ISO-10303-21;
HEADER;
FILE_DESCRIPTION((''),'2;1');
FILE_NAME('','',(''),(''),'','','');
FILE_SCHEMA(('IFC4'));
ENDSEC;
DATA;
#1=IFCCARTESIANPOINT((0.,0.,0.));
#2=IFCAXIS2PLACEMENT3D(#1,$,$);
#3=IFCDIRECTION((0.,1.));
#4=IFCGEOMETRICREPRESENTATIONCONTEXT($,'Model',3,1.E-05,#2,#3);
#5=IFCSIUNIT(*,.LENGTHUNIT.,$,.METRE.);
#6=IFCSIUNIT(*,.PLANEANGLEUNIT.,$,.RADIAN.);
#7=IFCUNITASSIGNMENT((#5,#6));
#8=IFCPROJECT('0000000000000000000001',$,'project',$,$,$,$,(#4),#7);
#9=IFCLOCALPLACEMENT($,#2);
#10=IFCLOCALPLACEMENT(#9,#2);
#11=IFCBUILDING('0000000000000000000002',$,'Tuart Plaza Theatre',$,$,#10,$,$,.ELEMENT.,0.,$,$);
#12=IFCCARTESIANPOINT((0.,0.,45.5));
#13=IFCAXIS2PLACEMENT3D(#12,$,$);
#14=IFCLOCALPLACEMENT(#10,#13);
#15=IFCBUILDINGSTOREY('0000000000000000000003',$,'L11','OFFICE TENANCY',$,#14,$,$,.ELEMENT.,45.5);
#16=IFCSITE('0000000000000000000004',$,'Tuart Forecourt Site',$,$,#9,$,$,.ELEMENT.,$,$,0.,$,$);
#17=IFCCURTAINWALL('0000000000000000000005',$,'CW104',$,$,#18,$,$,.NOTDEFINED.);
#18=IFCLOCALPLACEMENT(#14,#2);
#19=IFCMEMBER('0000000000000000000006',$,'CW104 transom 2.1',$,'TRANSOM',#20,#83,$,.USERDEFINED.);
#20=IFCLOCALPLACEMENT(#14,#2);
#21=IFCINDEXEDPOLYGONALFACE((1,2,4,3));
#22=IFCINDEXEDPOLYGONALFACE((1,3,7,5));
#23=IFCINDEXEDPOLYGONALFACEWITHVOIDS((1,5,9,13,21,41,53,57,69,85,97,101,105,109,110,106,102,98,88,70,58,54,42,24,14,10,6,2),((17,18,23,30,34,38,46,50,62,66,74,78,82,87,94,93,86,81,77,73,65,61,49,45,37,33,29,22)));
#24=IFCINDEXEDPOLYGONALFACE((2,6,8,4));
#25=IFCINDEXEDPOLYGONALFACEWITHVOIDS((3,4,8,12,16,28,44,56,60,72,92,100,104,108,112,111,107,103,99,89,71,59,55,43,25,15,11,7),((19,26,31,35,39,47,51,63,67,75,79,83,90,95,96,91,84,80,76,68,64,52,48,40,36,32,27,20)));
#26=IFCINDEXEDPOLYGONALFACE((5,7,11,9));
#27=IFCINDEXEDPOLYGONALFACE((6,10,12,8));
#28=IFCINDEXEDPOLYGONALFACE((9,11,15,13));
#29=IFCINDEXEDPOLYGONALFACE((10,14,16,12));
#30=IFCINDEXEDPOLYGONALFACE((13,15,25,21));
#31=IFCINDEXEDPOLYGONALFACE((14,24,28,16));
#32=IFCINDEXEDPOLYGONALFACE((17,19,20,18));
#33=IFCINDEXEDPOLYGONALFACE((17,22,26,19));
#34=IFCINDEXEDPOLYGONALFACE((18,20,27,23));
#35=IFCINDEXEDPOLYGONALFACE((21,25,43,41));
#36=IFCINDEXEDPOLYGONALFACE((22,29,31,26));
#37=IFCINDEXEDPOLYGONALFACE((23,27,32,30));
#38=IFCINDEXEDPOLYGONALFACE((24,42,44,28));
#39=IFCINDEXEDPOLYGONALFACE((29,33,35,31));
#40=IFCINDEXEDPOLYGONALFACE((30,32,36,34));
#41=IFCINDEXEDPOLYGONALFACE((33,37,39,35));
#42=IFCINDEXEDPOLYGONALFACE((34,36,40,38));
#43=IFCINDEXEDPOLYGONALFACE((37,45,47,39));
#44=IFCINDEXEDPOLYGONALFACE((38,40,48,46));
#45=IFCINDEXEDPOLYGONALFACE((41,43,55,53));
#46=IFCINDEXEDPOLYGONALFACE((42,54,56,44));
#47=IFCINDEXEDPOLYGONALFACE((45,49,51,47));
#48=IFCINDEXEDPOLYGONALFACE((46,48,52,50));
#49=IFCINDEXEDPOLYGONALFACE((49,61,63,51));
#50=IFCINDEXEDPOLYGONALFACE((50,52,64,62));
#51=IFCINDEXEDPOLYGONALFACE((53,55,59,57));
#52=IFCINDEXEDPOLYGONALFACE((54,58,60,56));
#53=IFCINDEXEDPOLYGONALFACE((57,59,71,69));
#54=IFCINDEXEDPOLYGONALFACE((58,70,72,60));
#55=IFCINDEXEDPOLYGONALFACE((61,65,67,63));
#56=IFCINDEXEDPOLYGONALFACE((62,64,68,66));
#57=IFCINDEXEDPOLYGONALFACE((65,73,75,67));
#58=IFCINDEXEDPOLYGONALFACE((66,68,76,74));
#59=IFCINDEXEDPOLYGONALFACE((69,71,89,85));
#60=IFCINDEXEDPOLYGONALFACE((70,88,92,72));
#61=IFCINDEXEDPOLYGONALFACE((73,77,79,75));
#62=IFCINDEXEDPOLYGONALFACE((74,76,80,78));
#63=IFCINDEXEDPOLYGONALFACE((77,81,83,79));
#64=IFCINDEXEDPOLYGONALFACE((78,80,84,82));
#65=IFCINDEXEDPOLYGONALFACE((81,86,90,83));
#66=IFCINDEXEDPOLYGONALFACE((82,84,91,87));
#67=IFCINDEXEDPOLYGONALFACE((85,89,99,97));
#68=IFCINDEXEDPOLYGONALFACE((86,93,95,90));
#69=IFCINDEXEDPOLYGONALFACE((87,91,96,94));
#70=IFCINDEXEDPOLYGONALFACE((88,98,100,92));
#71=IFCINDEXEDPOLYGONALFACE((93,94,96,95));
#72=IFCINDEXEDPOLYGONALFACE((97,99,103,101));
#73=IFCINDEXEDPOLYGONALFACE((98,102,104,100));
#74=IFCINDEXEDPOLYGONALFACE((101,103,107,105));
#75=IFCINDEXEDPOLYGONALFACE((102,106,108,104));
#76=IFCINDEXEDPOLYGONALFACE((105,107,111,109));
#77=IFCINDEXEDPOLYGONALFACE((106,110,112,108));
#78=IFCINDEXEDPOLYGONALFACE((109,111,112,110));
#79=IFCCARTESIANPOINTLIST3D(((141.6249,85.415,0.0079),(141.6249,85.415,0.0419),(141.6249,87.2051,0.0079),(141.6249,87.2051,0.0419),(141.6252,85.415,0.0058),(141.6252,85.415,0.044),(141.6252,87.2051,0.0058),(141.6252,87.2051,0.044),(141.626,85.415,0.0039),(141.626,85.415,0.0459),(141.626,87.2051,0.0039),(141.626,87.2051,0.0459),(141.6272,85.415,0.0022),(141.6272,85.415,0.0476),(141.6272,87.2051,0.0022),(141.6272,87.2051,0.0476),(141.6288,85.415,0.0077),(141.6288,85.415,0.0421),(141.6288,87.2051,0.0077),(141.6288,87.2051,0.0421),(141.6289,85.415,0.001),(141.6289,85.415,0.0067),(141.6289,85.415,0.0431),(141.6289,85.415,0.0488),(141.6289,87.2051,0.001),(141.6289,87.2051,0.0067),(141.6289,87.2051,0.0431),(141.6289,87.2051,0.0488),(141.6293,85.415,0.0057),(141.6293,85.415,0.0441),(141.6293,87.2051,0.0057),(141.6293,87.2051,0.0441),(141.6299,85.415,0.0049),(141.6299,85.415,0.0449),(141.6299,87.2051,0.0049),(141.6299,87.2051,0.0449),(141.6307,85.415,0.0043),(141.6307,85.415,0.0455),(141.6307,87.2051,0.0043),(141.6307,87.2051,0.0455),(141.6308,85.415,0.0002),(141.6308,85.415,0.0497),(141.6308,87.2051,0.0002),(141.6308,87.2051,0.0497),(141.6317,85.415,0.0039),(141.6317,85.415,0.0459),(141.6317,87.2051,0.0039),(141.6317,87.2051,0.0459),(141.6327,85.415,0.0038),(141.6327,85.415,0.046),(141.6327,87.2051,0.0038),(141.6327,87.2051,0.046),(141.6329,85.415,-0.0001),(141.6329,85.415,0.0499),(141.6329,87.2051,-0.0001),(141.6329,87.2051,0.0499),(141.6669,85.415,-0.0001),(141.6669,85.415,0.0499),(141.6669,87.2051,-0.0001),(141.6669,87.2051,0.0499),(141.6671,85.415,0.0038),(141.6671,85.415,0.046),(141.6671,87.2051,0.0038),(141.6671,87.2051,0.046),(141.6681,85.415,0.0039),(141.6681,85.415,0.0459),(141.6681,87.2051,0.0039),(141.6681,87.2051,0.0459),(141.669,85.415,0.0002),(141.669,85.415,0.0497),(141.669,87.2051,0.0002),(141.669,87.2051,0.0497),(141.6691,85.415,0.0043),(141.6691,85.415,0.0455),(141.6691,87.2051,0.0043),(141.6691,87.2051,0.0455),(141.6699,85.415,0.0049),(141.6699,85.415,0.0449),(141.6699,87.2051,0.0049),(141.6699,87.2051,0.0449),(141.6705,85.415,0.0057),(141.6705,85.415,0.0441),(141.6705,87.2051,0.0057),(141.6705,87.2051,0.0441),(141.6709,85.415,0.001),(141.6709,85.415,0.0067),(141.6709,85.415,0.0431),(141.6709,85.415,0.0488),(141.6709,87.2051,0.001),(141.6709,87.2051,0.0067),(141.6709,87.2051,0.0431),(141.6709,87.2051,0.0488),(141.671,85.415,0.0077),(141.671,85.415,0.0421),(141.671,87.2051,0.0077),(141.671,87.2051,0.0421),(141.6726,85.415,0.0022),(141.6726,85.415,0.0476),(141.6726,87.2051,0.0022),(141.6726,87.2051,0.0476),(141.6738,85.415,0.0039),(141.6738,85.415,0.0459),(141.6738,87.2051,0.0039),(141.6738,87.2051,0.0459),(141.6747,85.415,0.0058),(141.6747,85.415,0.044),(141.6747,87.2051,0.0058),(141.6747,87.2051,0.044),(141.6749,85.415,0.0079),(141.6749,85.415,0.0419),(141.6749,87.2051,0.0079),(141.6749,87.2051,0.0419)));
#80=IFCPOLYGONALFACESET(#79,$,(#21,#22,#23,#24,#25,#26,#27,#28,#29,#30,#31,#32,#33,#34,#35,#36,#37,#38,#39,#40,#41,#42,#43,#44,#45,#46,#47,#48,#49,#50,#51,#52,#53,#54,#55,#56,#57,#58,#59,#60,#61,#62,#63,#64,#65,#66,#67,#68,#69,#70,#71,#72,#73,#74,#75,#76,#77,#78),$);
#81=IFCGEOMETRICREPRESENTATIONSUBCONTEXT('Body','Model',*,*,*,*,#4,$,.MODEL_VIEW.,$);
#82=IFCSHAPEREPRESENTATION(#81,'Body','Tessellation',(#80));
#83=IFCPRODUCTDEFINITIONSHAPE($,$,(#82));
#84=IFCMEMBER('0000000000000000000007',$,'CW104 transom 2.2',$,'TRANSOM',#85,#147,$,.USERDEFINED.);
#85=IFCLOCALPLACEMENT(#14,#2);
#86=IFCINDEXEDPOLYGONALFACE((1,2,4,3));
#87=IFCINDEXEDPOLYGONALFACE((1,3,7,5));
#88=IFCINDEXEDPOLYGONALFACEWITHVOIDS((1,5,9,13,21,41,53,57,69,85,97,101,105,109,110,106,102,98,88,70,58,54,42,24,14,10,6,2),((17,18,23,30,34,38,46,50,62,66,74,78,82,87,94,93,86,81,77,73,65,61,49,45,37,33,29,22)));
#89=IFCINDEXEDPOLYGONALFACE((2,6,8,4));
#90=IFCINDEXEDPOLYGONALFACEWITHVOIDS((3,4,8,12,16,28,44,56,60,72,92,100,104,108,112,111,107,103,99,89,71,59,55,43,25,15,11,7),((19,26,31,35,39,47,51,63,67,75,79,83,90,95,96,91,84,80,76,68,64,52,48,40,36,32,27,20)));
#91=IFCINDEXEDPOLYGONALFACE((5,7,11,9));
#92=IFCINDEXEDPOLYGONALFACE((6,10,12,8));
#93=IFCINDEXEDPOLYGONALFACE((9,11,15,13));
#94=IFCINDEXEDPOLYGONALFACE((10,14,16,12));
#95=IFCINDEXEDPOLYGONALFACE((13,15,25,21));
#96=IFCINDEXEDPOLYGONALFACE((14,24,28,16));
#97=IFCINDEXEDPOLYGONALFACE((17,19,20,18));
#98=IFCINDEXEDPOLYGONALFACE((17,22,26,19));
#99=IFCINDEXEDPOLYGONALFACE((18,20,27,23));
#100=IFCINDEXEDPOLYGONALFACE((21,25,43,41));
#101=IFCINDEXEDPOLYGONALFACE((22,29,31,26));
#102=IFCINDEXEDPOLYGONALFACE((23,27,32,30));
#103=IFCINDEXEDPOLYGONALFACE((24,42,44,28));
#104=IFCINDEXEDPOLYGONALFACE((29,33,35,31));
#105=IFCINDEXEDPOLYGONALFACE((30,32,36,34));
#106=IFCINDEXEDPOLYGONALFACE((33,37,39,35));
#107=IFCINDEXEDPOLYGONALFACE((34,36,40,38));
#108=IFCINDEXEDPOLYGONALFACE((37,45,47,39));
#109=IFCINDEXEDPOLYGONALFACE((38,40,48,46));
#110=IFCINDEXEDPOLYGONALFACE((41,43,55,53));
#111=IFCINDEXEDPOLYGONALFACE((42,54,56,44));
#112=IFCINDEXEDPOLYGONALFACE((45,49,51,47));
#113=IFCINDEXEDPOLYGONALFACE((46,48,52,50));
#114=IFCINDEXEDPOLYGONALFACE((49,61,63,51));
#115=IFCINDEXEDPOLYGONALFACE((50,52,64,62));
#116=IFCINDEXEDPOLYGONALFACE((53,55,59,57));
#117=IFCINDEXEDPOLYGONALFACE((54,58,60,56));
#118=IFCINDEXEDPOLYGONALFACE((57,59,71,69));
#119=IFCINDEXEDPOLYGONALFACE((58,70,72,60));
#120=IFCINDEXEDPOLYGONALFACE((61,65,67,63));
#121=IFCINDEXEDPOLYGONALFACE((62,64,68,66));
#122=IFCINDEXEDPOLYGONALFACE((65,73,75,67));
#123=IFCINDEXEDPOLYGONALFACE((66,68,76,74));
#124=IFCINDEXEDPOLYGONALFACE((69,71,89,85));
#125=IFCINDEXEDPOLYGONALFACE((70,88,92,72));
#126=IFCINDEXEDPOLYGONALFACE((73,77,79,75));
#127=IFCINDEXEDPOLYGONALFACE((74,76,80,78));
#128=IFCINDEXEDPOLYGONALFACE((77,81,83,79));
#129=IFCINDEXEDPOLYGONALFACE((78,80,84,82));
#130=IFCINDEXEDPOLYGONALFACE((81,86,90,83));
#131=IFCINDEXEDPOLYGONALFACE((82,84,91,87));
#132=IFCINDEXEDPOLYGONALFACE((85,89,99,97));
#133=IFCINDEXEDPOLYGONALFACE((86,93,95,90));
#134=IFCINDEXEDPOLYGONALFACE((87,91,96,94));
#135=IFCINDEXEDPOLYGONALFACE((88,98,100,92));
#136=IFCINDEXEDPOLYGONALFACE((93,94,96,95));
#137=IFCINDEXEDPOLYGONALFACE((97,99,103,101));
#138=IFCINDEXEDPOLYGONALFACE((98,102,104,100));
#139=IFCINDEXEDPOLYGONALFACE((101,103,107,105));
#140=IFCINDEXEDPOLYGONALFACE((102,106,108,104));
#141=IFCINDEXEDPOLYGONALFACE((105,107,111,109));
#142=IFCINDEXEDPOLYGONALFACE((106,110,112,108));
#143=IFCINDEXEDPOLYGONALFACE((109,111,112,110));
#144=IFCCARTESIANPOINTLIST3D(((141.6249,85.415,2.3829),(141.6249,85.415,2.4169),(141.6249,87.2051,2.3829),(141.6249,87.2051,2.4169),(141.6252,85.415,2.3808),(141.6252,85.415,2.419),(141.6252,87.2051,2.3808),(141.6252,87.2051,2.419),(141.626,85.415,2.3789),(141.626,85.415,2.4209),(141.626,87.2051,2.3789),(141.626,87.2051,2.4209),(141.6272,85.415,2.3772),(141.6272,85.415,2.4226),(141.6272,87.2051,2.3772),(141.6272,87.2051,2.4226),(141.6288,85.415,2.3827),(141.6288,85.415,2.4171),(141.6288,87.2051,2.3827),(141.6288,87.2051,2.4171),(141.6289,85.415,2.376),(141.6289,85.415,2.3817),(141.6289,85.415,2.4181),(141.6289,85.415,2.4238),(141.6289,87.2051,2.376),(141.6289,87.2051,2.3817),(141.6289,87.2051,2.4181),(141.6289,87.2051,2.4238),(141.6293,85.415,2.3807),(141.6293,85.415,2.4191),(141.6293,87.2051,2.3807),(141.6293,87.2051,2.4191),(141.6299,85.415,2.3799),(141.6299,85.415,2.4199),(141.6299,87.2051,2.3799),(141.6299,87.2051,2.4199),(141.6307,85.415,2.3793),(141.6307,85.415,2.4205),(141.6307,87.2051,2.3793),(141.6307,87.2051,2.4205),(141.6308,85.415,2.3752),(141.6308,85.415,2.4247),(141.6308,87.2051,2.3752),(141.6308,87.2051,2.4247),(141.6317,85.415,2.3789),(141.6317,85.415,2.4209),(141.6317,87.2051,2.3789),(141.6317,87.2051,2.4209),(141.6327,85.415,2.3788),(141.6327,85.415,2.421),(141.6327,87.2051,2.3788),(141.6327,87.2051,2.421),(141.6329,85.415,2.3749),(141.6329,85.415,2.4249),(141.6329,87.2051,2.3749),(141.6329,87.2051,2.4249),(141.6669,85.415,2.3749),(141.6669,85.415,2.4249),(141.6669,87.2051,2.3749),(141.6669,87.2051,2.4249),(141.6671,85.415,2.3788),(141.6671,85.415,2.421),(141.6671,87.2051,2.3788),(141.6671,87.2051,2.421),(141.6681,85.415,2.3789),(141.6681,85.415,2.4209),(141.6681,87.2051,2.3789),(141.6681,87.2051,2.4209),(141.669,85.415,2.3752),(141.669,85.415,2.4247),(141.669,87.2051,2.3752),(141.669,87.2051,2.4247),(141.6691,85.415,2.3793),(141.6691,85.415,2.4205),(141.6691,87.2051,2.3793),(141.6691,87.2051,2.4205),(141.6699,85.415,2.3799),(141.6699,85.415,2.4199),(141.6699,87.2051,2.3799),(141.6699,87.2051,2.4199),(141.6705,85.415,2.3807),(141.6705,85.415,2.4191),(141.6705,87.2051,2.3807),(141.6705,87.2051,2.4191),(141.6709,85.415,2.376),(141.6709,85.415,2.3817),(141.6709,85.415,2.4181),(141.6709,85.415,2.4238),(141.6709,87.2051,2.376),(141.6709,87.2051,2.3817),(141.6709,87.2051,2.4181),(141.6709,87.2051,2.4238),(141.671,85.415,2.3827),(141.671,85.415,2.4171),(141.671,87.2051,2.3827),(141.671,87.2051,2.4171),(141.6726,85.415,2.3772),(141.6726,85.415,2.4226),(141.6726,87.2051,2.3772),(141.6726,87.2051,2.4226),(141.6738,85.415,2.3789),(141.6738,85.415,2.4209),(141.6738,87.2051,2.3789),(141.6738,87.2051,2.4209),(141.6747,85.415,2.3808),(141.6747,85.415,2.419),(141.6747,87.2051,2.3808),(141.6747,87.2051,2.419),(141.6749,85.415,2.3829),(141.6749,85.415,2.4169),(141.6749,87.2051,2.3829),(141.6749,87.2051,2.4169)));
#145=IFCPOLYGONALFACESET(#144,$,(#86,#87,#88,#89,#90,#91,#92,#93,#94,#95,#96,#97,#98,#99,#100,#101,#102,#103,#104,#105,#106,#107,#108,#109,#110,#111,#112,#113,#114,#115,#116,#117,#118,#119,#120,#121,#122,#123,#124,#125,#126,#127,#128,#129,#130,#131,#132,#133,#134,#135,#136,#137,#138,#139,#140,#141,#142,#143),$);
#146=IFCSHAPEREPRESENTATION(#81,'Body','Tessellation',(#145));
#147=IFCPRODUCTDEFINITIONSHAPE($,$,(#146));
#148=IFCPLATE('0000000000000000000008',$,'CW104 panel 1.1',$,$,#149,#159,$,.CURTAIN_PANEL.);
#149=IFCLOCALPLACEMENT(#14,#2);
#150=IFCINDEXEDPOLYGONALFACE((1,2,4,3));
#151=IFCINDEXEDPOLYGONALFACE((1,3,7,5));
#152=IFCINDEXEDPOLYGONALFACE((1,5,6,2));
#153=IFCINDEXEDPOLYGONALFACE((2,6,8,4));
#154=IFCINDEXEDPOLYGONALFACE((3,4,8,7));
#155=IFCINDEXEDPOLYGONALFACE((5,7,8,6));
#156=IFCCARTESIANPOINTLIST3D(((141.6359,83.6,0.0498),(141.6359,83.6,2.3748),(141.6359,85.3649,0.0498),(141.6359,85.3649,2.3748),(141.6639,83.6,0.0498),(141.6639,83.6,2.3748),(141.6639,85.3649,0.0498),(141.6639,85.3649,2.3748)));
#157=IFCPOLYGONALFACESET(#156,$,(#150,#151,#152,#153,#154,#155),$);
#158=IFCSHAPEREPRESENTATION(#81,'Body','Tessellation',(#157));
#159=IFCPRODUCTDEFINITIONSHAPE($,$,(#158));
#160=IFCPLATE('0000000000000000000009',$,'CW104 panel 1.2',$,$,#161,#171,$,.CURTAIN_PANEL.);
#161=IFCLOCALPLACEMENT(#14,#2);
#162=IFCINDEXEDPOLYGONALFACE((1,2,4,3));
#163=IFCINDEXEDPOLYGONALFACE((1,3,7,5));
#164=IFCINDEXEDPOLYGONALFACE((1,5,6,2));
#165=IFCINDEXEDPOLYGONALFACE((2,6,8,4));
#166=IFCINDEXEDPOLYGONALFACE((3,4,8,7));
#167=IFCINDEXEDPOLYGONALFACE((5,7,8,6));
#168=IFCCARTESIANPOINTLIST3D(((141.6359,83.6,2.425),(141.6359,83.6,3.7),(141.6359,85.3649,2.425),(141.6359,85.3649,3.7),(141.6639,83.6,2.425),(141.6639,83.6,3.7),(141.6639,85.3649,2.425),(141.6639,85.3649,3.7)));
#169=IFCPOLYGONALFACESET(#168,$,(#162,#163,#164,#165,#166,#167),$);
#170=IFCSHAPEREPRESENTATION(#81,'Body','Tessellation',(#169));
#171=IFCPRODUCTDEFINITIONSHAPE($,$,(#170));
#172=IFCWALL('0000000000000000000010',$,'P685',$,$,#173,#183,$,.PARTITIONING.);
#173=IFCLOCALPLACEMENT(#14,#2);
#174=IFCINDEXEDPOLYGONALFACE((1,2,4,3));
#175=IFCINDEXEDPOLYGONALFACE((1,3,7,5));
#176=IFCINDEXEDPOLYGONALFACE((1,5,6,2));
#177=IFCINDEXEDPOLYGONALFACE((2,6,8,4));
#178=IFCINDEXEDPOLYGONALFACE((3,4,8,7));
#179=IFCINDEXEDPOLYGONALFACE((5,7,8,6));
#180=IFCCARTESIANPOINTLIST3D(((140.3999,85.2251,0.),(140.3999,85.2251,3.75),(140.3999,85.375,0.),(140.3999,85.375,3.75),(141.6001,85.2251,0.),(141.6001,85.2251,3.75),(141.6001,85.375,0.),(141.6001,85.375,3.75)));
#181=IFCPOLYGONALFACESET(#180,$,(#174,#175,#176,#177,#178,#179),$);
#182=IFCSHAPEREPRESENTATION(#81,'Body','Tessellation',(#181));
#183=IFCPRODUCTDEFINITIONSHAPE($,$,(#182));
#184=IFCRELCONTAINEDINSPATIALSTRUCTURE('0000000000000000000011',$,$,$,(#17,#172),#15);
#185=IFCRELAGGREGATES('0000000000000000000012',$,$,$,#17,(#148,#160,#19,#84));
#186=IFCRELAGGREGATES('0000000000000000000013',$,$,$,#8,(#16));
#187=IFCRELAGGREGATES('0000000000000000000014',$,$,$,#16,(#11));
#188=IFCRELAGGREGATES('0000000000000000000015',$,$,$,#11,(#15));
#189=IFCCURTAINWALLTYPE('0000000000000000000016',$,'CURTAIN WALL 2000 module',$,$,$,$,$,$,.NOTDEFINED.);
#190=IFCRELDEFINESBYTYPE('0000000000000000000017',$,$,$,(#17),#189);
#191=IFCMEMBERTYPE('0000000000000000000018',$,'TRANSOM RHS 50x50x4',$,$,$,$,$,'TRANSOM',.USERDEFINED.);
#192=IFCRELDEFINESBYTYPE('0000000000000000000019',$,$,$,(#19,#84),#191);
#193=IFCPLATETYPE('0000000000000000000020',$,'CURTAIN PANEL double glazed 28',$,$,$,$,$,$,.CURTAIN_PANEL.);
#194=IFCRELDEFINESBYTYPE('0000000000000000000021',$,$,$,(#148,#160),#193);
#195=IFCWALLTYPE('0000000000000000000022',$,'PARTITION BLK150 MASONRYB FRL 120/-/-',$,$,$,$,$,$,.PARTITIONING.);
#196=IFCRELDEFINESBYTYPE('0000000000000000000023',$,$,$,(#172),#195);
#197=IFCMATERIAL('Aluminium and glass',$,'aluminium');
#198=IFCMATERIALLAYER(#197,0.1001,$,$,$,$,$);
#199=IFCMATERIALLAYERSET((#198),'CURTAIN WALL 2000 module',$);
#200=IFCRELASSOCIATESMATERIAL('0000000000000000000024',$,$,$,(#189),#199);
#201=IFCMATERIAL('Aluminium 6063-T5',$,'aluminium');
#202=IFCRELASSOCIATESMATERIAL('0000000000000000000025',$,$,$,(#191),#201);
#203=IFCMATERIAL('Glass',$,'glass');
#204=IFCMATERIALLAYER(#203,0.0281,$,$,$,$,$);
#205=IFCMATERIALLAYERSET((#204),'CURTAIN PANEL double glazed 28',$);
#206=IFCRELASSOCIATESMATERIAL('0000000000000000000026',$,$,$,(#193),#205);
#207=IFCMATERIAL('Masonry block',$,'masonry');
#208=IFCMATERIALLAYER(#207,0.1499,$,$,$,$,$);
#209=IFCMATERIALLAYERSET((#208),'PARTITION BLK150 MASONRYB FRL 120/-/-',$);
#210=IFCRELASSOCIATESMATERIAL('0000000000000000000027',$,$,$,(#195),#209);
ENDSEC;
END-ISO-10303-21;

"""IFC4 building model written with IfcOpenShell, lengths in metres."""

from ifc_helpers import new_model, si_unit, direction, frame, frame_2d, origin, origin_2d, place, context, subcontext, project, spatial, rectangle, hollow_rectangle, extrude, material, layer, layer_set, material_profile, profile_set, type_object, element, aggregate, save


model = new_model("IFC4")

# Units and contexts
model_context = context("Model", 3, precision=1e-05, world=origin(), true_north=direction((0.0, 1.0)))
body_context = subcontext(model_context, "Body", "Model", "MODEL_VIEW")
ifc_project = project(units=[si_unit("LENGTHUNIT", "METRE"), si_unit("PLANEANGLEUNIT", "RADIAN")], contexts=[model_context])

# Site, building, storey
site_placement = place(None, origin())
site = spatial("IfcSite", under=ifc_project, at=site_placement, Name="Tuart Forecourt Site", CompositionType="ELEMENT", RefElevation=0.0)
building_placement = place(site_placement, origin())
building = spatial("IfcBuilding", under=site, at=building_placement, Name="Tuart Plaza Theatre", CompositionType="ELEMENT", ElevationOfRefHeight=0.0)
storey_placement = place(building_placement, frame((0.0, 0.0, 45.5)))
storey = spatial("IfcBuildingStorey", under=building, at=storey_placement, Name="L11", Description="OFFICE TENANCY", CompositionType="ELEMENT", Elevation=45.5)

# Curtain wall, members, plates
ifc_material_1 = material(Name="Aluminium and glass", Category="aluminium")
ifc_layer_1 = layer(ifc_material_1, 0.1001)
ifc_layer_set_1 = layer_set([ifc_layer_1], Name="CURTAIN WALL 2000 module")
curtain_wall_type = type_object("IfcCurtainWallType", Name="CURTAIN WALL 2000 module", PredefinedType="NOTDEFINED", material=ifc_layer_set_1)
curtain_wall_placement = place(storey_placement, origin())
curtain_wall = element("IfcCurtainWall", 1, at=curtain_wall_placement, inside=storey, type_object=curtain_wall_type, Name="CW104", PredefinedType="NOTDEFINED")
ifc_material_2 = material(Name="Aluminium 6063-T5", Category="aluminium")
ifc_material_profile_1 = material_profile(ifc_material_2, hollow_rectangle(XDim=0.05, YDim=0.05, WallThickness=0.0039, InnerFilletRadius=0.0039, OuterFilletRadius=0.0081, at=origin_2d()), Name="RHS 50x50x4")
ifc_profile_set_1 = profile_set([ifc_material_profile_1], Name="Aluminium 6063-T5")
member_type_1 = type_object("IfcMemberType", Name="TRANSOM RHS 50x50x4", ElementType="TRANSOM", PredefinedType="USERDEFINED", material=ifc_profile_set_1)
member_1_placement = place(storey_placement, frame((141.6499, 85.415, 0.0249), z_axis=(0.0, 1.0, 0.0), x_axis=(-1.0, 0.0, 0.0)))
member_1 = element("IfcMember", 2, at=member_1_placement, type_object=member_type_1, Name="CW104 transom 2.1", ObjectType="TRANSOM", PredefinedType="USERDEFINED", context=body_context, shape_type="SweptSolid", body=[
    extrude(hollow_rectangle(XDim=0.05, YDim=0.05, WallThickness=0.0039, InnerFilletRadius=0.0039, OuterFilletRadius=0.0081, at=origin_2d()), origin(), (0.0, 0.0, 1.0), 1.79),
])
member_2_placement = place(storey_placement, frame((141.6499, 85.415, 2.3999), z_axis=(0.0, 1.0, 0.0), x_axis=(-1.0, 0.0, 0.0)))
member_2 = element("IfcMember", 3, at=member_2_placement, type_object=member_type_1, Name="CW104 transom 2.2", ObjectType="TRANSOM", PredefinedType="USERDEFINED", context=body_context, shape_type="SweptSolid", body=[
    extrude(hollow_rectangle(XDim=0.05, YDim=0.05, WallThickness=0.0039, InnerFilletRadius=0.0039, OuterFilletRadius=0.0081, at=origin_2d()), origin(), (0.0, 0.0, 1.0), 1.79),
])
ifc_material_3 = material(Name="Glass", Category="glass")
ifc_layer_2 = layer(ifc_material_3, 0.0281)
ifc_layer_set_2 = layer_set([ifc_layer_2], Name="CURTAIN PANEL double glazed 28")
plate_type = type_object("IfcPlateType", Name="CURTAIN PANEL double glazed 28", PredefinedType="CURTAIN_PANEL", material=ifc_layer_set_2)
plate_1_placement = place(storey_placement, frame((141.6499, 84.4824, 0.0498), z_axis=(0.0, 0.0, 1.0), x_axis=(0.0, 1.0, 0.0)))
plate_1 = element("IfcPlate", 4, at=plate_1_placement, type_object=plate_type, Name="CW104 panel 1.1", PredefinedType="CURTAIN_PANEL", context=body_context, shape_type="SweptSolid", body=[
    extrude(rectangle(XDim=1.7649, YDim=0.0281, at=origin_2d()), origin(), (0.0, 0.0, 1.0), 2.325),
])
plate_2_placement = place(storey_placement, frame((141.6499, 84.4824, 2.425), z_axis=(0.0, 0.0, 1.0), x_axis=(0.0, 1.0, 0.0)))
plate_2 = element("IfcPlate", 5, at=plate_2_placement, type_object=plate_type, Name="CW104 panel 1.2", PredefinedType="CURTAIN_PANEL", context=body_context, shape_type="SweptSolid", body=[
    extrude(rectangle(XDim=1.7649, YDim=0.0281, at=origin_2d()), origin(), (0.0, 0.0, 1.0), 1.2749),
])
aggregate(curtain_wall, [plate_1, plate_2, member_1, member_2])

# Wall
ifc_material_4 = material(Name="Masonry block", Category="masonry")
ifc_layer_3 = layer(ifc_material_4, 0.1499)
ifc_layer_set_3 = layer_set([ifc_layer_3], Name="PARTITION BLK150 MASONRYB FRL 120/-/-")
wall_type_1 = type_object("IfcWallType", Name="PARTITION BLK150 MASONRYB FRL 120/-/-", PredefinedType="PARTITIONING", material=ifc_layer_set_3)
wall_1_placement = place(storey_placement, frame((140.3999, 85.3, 0.0), z_axis=(0.0, 0.0, 1.0), x_axis=(1.0, 0.0, 0.0)))
element("IfcWall", 6, at=wall_1_placement, inside=storey, type_object=wall_type_1, Name="P685", PredefinedType="PARTITIONING", context=body_context, shape_type="SweptSolid", body=[
    extrude(rectangle(XDim=1.2002, YDim=0.1499, at=frame_2d((0.6001, 0.0))), origin(), (0.0, 0.0, 1.0), 3.75),
])

save(model, "model.ifc")
